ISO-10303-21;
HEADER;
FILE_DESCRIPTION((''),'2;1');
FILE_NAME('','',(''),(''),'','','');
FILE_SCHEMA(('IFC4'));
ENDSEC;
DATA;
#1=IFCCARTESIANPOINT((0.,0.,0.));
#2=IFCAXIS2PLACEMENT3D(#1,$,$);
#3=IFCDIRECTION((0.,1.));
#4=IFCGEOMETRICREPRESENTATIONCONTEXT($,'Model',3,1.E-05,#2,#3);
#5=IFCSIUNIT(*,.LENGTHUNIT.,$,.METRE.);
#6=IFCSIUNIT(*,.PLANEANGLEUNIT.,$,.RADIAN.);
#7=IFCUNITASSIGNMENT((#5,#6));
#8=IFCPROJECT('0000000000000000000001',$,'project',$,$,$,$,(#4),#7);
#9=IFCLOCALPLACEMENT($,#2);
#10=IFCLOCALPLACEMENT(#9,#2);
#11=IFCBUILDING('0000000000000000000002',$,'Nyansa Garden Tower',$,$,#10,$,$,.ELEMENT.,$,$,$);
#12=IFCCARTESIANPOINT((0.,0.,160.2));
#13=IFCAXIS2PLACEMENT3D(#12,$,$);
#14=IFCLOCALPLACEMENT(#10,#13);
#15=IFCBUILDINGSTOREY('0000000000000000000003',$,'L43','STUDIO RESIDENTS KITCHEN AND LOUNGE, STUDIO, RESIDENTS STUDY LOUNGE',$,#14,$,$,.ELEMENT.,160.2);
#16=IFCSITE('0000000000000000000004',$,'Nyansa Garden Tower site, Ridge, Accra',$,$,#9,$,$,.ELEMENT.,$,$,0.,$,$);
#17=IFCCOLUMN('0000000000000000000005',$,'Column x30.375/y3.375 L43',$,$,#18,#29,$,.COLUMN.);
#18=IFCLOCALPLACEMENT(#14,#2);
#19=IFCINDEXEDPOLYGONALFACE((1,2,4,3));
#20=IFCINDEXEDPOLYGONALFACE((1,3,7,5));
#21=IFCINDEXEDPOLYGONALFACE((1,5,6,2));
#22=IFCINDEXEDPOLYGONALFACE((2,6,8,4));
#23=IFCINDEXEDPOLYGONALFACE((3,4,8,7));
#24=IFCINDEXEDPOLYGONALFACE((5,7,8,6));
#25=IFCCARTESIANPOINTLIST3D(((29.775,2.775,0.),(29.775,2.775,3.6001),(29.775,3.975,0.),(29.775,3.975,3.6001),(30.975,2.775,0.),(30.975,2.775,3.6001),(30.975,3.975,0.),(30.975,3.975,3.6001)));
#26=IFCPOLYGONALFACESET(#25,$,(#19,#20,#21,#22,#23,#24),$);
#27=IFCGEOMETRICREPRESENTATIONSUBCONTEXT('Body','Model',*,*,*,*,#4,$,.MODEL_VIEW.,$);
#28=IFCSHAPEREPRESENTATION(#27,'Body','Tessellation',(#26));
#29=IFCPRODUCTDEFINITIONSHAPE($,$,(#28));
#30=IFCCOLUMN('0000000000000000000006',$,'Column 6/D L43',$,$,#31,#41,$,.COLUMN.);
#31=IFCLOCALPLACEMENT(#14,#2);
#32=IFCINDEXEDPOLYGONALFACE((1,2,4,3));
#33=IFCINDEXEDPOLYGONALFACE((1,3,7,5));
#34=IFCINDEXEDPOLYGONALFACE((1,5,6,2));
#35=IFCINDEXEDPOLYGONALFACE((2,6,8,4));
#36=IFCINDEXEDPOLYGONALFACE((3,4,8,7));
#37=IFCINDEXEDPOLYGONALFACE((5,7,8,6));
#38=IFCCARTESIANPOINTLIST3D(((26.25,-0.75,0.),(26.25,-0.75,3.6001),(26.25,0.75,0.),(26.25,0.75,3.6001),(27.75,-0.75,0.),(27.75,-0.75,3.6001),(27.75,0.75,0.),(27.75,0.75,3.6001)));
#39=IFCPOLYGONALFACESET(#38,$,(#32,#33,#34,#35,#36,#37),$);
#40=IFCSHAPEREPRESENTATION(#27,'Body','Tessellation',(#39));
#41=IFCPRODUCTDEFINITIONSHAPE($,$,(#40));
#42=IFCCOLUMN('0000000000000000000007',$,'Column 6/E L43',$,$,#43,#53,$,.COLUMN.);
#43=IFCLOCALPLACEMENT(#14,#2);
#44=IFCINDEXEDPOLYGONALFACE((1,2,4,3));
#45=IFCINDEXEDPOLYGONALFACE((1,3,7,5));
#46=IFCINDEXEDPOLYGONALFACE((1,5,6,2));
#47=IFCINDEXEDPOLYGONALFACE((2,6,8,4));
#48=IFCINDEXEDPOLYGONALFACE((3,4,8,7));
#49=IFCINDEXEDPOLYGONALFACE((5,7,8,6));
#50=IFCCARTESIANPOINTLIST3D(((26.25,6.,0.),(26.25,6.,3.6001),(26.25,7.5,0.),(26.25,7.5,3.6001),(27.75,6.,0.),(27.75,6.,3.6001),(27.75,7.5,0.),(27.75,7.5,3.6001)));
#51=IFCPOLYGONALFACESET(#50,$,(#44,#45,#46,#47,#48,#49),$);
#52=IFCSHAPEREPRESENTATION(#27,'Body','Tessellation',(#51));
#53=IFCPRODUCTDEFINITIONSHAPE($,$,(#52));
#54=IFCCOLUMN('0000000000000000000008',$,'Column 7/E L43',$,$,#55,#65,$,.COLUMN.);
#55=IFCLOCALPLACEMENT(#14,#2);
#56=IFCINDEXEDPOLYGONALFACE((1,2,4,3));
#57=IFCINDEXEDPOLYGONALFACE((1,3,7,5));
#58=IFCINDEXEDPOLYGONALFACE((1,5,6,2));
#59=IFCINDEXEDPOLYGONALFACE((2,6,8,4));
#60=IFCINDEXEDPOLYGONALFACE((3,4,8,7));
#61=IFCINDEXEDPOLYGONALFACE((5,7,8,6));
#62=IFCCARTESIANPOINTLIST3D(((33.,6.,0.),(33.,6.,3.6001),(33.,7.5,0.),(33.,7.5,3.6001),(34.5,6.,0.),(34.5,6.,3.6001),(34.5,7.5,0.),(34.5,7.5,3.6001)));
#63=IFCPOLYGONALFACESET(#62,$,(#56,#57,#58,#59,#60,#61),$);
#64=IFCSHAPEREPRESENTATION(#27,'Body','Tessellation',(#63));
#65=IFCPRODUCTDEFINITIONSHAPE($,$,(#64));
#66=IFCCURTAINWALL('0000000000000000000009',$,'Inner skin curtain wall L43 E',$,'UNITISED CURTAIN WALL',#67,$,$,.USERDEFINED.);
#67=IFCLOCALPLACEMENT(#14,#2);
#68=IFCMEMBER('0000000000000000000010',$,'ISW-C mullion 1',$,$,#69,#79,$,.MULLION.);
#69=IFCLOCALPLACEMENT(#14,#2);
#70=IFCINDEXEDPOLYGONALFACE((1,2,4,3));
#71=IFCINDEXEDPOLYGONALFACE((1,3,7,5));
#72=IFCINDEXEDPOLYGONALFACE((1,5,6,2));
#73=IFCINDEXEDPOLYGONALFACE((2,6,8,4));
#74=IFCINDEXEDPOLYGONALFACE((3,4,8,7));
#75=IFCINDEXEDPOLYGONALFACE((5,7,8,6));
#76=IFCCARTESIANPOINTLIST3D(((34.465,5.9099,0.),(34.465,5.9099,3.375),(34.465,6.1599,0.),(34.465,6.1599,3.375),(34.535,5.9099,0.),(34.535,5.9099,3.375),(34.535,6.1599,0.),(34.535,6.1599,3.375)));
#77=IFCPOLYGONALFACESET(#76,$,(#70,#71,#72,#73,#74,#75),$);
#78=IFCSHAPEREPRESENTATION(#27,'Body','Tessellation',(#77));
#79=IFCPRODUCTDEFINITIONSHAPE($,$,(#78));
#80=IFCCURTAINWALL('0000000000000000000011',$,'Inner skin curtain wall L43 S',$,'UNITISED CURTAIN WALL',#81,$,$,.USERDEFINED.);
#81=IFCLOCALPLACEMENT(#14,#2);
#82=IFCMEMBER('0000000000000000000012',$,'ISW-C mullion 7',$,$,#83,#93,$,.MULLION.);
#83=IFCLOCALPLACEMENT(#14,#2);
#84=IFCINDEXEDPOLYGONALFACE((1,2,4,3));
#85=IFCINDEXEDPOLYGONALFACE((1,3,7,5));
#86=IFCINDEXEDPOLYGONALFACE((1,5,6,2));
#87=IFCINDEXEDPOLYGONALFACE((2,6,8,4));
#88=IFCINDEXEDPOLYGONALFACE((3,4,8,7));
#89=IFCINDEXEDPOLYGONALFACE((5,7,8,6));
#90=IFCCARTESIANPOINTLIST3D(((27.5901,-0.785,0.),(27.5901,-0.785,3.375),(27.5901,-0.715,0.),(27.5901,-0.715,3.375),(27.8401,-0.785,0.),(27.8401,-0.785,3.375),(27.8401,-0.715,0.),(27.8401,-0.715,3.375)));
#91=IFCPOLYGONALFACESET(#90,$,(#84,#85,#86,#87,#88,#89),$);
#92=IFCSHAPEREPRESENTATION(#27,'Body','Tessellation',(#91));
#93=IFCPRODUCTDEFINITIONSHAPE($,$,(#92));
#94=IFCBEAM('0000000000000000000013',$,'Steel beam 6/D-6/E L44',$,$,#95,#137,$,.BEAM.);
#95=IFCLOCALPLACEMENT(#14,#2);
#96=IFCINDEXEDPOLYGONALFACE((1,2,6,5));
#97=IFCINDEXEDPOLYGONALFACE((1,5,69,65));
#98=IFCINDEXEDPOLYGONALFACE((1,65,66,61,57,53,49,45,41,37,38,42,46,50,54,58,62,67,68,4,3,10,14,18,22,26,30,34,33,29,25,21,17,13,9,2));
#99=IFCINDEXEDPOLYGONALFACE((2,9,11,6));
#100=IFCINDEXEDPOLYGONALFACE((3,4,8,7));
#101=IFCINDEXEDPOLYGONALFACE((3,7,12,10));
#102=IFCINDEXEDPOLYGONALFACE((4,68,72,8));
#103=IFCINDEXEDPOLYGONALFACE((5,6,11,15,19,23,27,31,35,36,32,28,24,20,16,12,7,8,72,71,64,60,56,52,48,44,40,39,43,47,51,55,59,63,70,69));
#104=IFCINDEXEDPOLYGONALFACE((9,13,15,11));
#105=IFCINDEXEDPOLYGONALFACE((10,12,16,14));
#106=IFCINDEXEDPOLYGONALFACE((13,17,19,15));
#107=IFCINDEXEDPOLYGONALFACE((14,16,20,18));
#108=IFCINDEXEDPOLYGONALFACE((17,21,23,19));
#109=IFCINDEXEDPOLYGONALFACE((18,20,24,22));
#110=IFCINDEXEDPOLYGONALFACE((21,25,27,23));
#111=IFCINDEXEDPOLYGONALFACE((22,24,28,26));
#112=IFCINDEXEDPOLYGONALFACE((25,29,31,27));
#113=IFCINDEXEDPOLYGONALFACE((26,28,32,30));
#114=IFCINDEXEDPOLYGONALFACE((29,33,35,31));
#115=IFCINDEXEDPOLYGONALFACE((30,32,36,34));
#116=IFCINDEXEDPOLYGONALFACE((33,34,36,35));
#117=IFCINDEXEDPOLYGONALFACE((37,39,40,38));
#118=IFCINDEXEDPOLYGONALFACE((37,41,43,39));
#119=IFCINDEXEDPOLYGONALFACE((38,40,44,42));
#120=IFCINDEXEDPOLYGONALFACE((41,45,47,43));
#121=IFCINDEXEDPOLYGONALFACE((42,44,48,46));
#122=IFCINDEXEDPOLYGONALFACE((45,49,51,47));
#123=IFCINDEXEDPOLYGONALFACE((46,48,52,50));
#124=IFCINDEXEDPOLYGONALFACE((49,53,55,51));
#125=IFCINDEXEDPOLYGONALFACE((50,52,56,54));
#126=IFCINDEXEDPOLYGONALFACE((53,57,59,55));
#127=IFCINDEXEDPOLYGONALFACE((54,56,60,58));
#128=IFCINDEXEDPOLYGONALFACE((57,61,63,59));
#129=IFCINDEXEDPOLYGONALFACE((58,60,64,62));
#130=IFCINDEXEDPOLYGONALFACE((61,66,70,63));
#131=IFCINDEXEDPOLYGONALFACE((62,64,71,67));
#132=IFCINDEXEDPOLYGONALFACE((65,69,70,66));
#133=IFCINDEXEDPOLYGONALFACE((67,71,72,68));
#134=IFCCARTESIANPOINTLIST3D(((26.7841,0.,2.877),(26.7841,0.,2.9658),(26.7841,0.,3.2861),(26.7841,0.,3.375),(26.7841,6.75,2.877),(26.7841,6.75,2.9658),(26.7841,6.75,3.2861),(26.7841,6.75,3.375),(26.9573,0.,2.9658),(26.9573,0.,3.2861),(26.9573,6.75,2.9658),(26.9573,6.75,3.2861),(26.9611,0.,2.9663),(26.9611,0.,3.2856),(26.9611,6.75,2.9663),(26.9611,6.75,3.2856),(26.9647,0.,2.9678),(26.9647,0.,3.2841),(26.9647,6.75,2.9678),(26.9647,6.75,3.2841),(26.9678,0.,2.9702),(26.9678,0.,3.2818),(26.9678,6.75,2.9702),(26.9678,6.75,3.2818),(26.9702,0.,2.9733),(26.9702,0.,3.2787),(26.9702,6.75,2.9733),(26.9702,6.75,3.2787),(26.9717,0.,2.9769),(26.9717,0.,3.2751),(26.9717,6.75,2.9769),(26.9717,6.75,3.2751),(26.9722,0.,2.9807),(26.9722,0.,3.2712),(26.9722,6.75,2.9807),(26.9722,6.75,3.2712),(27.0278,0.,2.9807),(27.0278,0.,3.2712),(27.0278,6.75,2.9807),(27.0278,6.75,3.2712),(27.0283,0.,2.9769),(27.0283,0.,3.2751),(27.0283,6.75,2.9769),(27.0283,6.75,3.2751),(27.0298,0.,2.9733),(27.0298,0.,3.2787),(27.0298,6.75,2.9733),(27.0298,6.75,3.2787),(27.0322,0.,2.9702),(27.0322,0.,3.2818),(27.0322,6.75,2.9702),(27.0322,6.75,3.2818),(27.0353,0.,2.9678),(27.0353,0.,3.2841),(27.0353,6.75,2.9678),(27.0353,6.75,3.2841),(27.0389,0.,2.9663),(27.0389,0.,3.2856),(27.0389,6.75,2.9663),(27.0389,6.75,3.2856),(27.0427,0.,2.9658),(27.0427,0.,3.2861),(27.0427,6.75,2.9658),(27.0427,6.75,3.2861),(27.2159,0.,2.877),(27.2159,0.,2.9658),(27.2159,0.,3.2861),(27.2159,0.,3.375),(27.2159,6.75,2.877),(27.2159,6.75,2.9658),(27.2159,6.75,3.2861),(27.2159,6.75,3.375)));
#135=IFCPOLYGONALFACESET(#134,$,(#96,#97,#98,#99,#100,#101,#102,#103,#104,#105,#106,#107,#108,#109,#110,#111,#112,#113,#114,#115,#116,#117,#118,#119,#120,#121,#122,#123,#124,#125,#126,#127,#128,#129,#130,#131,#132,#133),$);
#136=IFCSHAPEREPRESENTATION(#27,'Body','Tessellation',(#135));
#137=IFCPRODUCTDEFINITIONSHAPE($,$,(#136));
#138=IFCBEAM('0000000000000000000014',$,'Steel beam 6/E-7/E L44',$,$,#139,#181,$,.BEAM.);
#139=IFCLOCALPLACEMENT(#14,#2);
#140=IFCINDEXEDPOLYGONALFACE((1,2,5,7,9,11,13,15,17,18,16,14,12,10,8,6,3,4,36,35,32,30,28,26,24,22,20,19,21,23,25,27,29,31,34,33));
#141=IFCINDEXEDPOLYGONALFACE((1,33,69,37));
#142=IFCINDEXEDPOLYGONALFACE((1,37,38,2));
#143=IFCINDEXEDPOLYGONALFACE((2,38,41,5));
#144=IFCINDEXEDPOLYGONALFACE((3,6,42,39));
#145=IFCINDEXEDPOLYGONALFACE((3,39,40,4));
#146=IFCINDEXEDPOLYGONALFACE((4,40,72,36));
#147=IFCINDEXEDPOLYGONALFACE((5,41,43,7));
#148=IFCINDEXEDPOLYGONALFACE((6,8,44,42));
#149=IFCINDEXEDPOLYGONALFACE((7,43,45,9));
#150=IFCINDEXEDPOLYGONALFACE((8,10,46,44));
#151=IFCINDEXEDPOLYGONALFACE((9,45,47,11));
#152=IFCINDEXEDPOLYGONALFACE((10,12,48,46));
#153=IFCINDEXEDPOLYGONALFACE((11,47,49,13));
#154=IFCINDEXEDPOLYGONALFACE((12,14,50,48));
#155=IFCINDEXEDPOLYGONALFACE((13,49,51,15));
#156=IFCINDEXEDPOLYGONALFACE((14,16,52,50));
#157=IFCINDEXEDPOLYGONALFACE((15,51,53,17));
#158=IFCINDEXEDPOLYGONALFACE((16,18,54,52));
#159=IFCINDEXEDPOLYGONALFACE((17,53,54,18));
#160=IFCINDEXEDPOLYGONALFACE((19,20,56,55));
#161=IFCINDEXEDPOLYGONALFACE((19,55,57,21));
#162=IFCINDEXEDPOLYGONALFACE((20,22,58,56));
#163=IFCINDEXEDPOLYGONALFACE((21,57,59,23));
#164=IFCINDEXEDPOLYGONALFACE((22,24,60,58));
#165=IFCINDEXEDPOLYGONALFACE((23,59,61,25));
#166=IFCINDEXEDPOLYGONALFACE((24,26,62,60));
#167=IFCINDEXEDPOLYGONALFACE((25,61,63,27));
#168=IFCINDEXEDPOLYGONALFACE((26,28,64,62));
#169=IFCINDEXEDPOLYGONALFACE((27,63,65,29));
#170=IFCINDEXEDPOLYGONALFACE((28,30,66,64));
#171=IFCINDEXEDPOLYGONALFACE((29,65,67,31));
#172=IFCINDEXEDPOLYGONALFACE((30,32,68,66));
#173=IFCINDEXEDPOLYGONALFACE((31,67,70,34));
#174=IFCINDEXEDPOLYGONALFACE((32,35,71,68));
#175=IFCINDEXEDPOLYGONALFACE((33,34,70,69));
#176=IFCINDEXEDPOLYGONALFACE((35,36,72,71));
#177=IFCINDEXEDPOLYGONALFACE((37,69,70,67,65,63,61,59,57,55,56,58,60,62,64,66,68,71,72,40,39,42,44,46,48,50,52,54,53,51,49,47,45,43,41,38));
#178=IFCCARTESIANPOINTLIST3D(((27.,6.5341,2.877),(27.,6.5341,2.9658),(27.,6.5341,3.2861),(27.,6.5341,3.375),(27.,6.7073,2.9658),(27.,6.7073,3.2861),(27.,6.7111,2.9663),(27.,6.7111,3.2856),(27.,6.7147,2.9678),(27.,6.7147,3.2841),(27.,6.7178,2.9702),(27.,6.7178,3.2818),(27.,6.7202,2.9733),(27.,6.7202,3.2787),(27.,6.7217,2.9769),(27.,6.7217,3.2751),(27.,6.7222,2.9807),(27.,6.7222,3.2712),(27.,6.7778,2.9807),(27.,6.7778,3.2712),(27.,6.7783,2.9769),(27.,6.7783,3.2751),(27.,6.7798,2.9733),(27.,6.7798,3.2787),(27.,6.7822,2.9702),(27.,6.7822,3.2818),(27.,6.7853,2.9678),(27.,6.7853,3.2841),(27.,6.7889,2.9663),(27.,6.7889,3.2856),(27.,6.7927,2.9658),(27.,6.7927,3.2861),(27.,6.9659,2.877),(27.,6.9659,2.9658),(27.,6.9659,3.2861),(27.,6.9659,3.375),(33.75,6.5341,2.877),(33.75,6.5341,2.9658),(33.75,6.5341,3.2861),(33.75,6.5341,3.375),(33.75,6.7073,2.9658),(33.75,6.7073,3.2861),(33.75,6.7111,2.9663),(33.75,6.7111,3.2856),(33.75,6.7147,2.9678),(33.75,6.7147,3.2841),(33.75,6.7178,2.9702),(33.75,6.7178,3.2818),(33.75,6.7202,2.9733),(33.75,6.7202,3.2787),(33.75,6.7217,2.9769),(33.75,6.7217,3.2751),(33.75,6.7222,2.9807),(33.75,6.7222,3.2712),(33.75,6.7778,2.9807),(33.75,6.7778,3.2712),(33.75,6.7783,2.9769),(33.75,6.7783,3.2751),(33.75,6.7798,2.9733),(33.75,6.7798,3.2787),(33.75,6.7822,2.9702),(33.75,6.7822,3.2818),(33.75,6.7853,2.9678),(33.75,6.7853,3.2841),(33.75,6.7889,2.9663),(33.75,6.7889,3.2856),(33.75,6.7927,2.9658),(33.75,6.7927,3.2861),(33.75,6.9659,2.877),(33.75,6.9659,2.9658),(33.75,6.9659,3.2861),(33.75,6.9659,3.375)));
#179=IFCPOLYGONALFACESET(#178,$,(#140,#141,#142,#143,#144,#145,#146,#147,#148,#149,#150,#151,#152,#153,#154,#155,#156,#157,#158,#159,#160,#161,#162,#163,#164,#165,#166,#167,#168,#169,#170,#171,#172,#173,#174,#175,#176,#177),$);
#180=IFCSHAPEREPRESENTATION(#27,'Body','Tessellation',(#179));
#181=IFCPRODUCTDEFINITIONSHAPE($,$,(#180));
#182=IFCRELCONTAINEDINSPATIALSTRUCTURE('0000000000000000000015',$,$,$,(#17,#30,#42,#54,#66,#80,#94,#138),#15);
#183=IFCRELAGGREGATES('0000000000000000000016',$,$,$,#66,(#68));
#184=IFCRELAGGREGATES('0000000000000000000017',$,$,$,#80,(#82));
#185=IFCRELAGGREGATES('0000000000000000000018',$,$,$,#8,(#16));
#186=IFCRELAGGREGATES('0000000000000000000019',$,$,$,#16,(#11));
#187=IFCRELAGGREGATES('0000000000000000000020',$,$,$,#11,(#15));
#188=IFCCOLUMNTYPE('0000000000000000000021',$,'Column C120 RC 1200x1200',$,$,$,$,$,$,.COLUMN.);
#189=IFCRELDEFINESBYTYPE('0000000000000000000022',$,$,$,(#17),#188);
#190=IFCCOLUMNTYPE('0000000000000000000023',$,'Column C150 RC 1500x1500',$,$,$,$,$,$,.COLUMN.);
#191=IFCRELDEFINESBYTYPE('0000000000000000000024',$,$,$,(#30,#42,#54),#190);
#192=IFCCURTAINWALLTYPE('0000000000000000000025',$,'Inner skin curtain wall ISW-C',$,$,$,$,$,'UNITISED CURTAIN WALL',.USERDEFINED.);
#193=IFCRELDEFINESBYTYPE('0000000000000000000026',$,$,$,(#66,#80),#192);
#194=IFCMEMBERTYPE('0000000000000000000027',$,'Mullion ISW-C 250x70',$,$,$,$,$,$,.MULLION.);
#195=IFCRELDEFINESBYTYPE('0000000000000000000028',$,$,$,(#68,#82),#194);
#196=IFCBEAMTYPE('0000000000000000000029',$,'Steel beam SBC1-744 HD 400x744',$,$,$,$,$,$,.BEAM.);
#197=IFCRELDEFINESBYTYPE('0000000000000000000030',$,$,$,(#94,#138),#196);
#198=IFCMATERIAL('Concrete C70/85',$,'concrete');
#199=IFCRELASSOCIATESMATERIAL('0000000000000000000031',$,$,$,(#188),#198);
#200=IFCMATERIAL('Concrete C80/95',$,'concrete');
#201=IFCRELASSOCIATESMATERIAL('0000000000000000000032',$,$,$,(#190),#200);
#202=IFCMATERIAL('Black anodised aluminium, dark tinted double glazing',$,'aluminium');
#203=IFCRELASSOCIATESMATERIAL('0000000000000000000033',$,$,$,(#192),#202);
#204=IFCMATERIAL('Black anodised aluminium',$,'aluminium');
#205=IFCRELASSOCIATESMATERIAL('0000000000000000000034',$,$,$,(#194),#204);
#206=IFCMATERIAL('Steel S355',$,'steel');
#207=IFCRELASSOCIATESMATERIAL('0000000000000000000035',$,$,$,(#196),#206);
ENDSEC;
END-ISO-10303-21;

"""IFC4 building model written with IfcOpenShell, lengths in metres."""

from ifc_helpers import new_model, si_unit, direction, frame, origin, origin_2d, place, context, subcontext, project, spatial, rectangle, i_section, extrude, material, material_profile, profile_set, type_object, element, aggregate, save


model = new_model("IFC4")

# Units and contexts
model_context = context("Model", 3, precision=1e-05, world=origin(), true_north=direction((0.0, 1.0)))
body_context = subcontext(model_context, "Body", "Model", "MODEL_VIEW")
ifc_project = project(units=[si_unit("LENGTHUNIT", "METRE"), si_unit("PLANEANGLEUNIT", "RADIAN")], contexts=[model_context])

# Site, building, storey
site_placement = place(None, origin())
site = spatial("IfcSite", under=ifc_project, at=site_placement, Name="Nyansa Garden Tower site, Ridge, Accra", CompositionType="ELEMENT", RefElevation=0.0)
building_placement = place(site_placement, origin())
building = spatial("IfcBuilding", under=site, at=building_placement, Name="Nyansa Garden Tower", CompositionType="ELEMENT")
storey_placement = place(building_placement, frame((0.0, 0.0, 160.2)))
storey = spatial("IfcBuildingStorey", under=building, at=storey_placement, Name="L43", Description="STUDIO RESIDENTS KITCHEN AND LOUNGE, STUDIO, RESIDENTS STUDY LOUNGE", CompositionType="ELEMENT", Elevation=160.2)

# Columns
ifc_material_1 = material(Name="Concrete C70/85", Category="concrete")
ifc_material_profile_1 = material_profile(ifc_material_1, rectangle(XDim=1.2, YDim=1.2, at=origin_2d()), Name="RC 1200x1200")
ifc_profile_set_1 = profile_set([ifc_material_profile_1], Name="Concrete C70/85")
column_type_1 = type_object("IfcColumnType", Name="Column C120 RC 1200x1200", PredefinedType="COLUMN", material=ifc_profile_set_1)
column_placement = place(storey_placement, frame((30.375, 3.375, 0.0), z_axis=(0.0, 0.0, 1.0), x_axis=(1.0, 0.0, 0.0)))
element("IfcColumn", 1, at=column_placement, inside=storey, type_object=column_type_1, Name="Column x30.375/y3.375 L43", PredefinedType="COLUMN", context=body_context, shape_type="SweptSolid", body=[
    extrude(rectangle(XDim=1.2, YDim=1.2, at=origin_2d()), origin(), (0.0, 0.0, 1.0), 3.6001),
])
ifc_material_2 = material(Name="Concrete C80/95", Category="concrete")
ifc_material_profile_2 = material_profile(ifc_material_2, rectangle(XDim=1.5, YDim=1.5, at=origin_2d()), Name="RC 1500x1500")
ifc_profile_set_2 = profile_set([ifc_material_profile_2], Name="Concrete C80/95")
column_type_2 = type_object("IfcColumnType", Name="Column C150 RC 1500x1500", PredefinedType="COLUMN", material=ifc_profile_set_2)
for number, where, z_axis, x_axis, name in (
    (2, (27.0, 0.0, 0.0), (0.0, 0.0, 1.0), (1.0, 0.0, 0.0), "Column 6/D L43"),
    (3, (27.0, 6.75, 0.0), (0.0, 0.0, 1.0), (1.0, 0.0, 0.0), "Column 6/E L43"),
    (4, (33.75, 6.75, 0.0), (0.0, 0.0, 1.0), (1.0, 0.0, 0.0), "Column 7/E L43"),
):
    element("IfcColumn", number, at=place(storey_placement, frame(where, z_axis=z_axis, x_axis=x_axis)), inside=storey, type_object=column_type_2, Name=name, PredefinedType="COLUMN", context=body_context, shape_type="SweptSolid", body=[
        extrude(rectangle(XDim=1.5, YDim=1.5, at=origin_2d()), origin(), (0.0, 0.0, 1.0), 3.6001),
    ])

# Curtain walls, members
ifc_material_3 = material(Name="Black anodised aluminium, dark tinted double glazing", Category="aluminium")
curtain_wall_type = type_object("IfcCurtainWallType", Name="Inner skin curtain wall ISW-C", ElementType="UNITISED CURTAIN WALL", PredefinedType="USERDEFINED", material=ifc_material_3)
curtain_wall_1_placement = place(storey_placement, origin())
curtain_wall_1 = element("IfcCurtainWall", 5, at=curtain_wall_1_placement, inside=storey, type_object=curtain_wall_type, Name="Inner skin curtain wall L43 E", ObjectType="UNITISED CURTAIN WALL", PredefinedType="USERDEFINED")
ifc_material_4 = material(Name="Black anodised aluminium", Category="aluminium")
ifc_material_profile_3 = material_profile(ifc_material_4, rectangle(XDim=0.0701, YDim=0.25, at=origin_2d()), Name="Mullion 250x70")
ifc_profile_set_3 = profile_set([ifc_material_profile_3], Name="Black anodised aluminium")
member_type_1 = type_object("IfcMemberType", Name="Mullion ISW-C 250x70", PredefinedType="MULLION", material=ifc_profile_set_3)
member_1_placement = place(storey_placement, frame((34.5, 6.0349, 0.0), z_axis=(0.0, 0.0, 1.0), x_axis=(-1.0, 0.0, 0.0)))
member_1 = element("IfcMember", 6, at=member_1_placement, type_object=member_type_1, Name="ISW-C mullion 1", PredefinedType="MULLION", context=body_context, shape_type="SweptSolid", body=[
    extrude(rectangle(XDim=0.0701, YDim=0.25, at=origin_2d()), origin(), (0.0, 0.0, 1.0), 3.375),
])
curtain_wall_2_placement = place(storey_placement, origin())
curtain_wall_2 = element("IfcCurtainWall", 7, at=curtain_wall_2_placement, inside=storey, type_object=curtain_wall_type, Name="Inner skin curtain wall L43 S", ObjectType="UNITISED CURTAIN WALL", PredefinedType="USERDEFINED")
member_2_placement = place(storey_placement, frame((27.7151, -0.75, 0.0), z_axis=(0.0, 0.0, 1.0), x_axis=(0.0, 1.0, 0.0)))
member_2 = element("IfcMember", 8, at=member_2_placement, type_object=member_type_1, Name="ISW-C mullion 7", PredefinedType="MULLION", context=body_context, shape_type="SweptSolid", body=[
    extrude(rectangle(XDim=0.0701, YDim=0.25, at=origin_2d()), origin(), (0.0, 0.0, 1.0), 3.375),
])

# Beams
ifc_material_5 = material(Name="Steel S355", Category="steel")
ifc_material_profile_4 = material_profile(ifc_material_5, i_section(OverallWidth=0.4319, OverallDepth=0.498, WebThickness=0.0557, FlangeThickness=0.0889, FilletRadius=0.0149, at=origin_2d()), Name="HD 400x744")
ifc_profile_set_4 = profile_set([ifc_material_profile_4], Name="Steel S355")
beam_type_1 = type_object("IfcBeamType", Name="Steel beam SBC1-744 HD 400x744", PredefinedType="BEAM", material=ifc_profile_set_4)
for number, where, z_axis, x_axis, name in (
    (9, (27.0, 0.0, 3.126), (0.0, 1.0, 0.0), (-1.0, 0.0, 0.0), "Steel beam 6/D-6/E L44"),
    (10, (27.0, 6.75, 3.126), (1.0, 0.0, 0.0), (0.0, 1.0, 0.0), "Steel beam 6/E-7/E L44"),
):
    element("IfcBeam", number, at=place(storey_placement, frame(where, z_axis=z_axis, x_axis=x_axis)), inside=storey, type_object=beam_type_1, Name=name, PredefinedType="BEAM", context=body_context, shape_type="SweptSolid", body=[
        extrude(i_section(OverallWidth=0.4319, OverallDepth=0.498, WebThickness=0.0557, FlangeThickness=0.0889, FilletRadius=0.0149, at=origin_2d()), origin(), (0.0, 0.0, 1.0), 6.75),
    ])

aggregate(curtain_wall_1, [member_1])

aggregate(curtain_wall_2, [member_2])

save(model, "model.ifc")
